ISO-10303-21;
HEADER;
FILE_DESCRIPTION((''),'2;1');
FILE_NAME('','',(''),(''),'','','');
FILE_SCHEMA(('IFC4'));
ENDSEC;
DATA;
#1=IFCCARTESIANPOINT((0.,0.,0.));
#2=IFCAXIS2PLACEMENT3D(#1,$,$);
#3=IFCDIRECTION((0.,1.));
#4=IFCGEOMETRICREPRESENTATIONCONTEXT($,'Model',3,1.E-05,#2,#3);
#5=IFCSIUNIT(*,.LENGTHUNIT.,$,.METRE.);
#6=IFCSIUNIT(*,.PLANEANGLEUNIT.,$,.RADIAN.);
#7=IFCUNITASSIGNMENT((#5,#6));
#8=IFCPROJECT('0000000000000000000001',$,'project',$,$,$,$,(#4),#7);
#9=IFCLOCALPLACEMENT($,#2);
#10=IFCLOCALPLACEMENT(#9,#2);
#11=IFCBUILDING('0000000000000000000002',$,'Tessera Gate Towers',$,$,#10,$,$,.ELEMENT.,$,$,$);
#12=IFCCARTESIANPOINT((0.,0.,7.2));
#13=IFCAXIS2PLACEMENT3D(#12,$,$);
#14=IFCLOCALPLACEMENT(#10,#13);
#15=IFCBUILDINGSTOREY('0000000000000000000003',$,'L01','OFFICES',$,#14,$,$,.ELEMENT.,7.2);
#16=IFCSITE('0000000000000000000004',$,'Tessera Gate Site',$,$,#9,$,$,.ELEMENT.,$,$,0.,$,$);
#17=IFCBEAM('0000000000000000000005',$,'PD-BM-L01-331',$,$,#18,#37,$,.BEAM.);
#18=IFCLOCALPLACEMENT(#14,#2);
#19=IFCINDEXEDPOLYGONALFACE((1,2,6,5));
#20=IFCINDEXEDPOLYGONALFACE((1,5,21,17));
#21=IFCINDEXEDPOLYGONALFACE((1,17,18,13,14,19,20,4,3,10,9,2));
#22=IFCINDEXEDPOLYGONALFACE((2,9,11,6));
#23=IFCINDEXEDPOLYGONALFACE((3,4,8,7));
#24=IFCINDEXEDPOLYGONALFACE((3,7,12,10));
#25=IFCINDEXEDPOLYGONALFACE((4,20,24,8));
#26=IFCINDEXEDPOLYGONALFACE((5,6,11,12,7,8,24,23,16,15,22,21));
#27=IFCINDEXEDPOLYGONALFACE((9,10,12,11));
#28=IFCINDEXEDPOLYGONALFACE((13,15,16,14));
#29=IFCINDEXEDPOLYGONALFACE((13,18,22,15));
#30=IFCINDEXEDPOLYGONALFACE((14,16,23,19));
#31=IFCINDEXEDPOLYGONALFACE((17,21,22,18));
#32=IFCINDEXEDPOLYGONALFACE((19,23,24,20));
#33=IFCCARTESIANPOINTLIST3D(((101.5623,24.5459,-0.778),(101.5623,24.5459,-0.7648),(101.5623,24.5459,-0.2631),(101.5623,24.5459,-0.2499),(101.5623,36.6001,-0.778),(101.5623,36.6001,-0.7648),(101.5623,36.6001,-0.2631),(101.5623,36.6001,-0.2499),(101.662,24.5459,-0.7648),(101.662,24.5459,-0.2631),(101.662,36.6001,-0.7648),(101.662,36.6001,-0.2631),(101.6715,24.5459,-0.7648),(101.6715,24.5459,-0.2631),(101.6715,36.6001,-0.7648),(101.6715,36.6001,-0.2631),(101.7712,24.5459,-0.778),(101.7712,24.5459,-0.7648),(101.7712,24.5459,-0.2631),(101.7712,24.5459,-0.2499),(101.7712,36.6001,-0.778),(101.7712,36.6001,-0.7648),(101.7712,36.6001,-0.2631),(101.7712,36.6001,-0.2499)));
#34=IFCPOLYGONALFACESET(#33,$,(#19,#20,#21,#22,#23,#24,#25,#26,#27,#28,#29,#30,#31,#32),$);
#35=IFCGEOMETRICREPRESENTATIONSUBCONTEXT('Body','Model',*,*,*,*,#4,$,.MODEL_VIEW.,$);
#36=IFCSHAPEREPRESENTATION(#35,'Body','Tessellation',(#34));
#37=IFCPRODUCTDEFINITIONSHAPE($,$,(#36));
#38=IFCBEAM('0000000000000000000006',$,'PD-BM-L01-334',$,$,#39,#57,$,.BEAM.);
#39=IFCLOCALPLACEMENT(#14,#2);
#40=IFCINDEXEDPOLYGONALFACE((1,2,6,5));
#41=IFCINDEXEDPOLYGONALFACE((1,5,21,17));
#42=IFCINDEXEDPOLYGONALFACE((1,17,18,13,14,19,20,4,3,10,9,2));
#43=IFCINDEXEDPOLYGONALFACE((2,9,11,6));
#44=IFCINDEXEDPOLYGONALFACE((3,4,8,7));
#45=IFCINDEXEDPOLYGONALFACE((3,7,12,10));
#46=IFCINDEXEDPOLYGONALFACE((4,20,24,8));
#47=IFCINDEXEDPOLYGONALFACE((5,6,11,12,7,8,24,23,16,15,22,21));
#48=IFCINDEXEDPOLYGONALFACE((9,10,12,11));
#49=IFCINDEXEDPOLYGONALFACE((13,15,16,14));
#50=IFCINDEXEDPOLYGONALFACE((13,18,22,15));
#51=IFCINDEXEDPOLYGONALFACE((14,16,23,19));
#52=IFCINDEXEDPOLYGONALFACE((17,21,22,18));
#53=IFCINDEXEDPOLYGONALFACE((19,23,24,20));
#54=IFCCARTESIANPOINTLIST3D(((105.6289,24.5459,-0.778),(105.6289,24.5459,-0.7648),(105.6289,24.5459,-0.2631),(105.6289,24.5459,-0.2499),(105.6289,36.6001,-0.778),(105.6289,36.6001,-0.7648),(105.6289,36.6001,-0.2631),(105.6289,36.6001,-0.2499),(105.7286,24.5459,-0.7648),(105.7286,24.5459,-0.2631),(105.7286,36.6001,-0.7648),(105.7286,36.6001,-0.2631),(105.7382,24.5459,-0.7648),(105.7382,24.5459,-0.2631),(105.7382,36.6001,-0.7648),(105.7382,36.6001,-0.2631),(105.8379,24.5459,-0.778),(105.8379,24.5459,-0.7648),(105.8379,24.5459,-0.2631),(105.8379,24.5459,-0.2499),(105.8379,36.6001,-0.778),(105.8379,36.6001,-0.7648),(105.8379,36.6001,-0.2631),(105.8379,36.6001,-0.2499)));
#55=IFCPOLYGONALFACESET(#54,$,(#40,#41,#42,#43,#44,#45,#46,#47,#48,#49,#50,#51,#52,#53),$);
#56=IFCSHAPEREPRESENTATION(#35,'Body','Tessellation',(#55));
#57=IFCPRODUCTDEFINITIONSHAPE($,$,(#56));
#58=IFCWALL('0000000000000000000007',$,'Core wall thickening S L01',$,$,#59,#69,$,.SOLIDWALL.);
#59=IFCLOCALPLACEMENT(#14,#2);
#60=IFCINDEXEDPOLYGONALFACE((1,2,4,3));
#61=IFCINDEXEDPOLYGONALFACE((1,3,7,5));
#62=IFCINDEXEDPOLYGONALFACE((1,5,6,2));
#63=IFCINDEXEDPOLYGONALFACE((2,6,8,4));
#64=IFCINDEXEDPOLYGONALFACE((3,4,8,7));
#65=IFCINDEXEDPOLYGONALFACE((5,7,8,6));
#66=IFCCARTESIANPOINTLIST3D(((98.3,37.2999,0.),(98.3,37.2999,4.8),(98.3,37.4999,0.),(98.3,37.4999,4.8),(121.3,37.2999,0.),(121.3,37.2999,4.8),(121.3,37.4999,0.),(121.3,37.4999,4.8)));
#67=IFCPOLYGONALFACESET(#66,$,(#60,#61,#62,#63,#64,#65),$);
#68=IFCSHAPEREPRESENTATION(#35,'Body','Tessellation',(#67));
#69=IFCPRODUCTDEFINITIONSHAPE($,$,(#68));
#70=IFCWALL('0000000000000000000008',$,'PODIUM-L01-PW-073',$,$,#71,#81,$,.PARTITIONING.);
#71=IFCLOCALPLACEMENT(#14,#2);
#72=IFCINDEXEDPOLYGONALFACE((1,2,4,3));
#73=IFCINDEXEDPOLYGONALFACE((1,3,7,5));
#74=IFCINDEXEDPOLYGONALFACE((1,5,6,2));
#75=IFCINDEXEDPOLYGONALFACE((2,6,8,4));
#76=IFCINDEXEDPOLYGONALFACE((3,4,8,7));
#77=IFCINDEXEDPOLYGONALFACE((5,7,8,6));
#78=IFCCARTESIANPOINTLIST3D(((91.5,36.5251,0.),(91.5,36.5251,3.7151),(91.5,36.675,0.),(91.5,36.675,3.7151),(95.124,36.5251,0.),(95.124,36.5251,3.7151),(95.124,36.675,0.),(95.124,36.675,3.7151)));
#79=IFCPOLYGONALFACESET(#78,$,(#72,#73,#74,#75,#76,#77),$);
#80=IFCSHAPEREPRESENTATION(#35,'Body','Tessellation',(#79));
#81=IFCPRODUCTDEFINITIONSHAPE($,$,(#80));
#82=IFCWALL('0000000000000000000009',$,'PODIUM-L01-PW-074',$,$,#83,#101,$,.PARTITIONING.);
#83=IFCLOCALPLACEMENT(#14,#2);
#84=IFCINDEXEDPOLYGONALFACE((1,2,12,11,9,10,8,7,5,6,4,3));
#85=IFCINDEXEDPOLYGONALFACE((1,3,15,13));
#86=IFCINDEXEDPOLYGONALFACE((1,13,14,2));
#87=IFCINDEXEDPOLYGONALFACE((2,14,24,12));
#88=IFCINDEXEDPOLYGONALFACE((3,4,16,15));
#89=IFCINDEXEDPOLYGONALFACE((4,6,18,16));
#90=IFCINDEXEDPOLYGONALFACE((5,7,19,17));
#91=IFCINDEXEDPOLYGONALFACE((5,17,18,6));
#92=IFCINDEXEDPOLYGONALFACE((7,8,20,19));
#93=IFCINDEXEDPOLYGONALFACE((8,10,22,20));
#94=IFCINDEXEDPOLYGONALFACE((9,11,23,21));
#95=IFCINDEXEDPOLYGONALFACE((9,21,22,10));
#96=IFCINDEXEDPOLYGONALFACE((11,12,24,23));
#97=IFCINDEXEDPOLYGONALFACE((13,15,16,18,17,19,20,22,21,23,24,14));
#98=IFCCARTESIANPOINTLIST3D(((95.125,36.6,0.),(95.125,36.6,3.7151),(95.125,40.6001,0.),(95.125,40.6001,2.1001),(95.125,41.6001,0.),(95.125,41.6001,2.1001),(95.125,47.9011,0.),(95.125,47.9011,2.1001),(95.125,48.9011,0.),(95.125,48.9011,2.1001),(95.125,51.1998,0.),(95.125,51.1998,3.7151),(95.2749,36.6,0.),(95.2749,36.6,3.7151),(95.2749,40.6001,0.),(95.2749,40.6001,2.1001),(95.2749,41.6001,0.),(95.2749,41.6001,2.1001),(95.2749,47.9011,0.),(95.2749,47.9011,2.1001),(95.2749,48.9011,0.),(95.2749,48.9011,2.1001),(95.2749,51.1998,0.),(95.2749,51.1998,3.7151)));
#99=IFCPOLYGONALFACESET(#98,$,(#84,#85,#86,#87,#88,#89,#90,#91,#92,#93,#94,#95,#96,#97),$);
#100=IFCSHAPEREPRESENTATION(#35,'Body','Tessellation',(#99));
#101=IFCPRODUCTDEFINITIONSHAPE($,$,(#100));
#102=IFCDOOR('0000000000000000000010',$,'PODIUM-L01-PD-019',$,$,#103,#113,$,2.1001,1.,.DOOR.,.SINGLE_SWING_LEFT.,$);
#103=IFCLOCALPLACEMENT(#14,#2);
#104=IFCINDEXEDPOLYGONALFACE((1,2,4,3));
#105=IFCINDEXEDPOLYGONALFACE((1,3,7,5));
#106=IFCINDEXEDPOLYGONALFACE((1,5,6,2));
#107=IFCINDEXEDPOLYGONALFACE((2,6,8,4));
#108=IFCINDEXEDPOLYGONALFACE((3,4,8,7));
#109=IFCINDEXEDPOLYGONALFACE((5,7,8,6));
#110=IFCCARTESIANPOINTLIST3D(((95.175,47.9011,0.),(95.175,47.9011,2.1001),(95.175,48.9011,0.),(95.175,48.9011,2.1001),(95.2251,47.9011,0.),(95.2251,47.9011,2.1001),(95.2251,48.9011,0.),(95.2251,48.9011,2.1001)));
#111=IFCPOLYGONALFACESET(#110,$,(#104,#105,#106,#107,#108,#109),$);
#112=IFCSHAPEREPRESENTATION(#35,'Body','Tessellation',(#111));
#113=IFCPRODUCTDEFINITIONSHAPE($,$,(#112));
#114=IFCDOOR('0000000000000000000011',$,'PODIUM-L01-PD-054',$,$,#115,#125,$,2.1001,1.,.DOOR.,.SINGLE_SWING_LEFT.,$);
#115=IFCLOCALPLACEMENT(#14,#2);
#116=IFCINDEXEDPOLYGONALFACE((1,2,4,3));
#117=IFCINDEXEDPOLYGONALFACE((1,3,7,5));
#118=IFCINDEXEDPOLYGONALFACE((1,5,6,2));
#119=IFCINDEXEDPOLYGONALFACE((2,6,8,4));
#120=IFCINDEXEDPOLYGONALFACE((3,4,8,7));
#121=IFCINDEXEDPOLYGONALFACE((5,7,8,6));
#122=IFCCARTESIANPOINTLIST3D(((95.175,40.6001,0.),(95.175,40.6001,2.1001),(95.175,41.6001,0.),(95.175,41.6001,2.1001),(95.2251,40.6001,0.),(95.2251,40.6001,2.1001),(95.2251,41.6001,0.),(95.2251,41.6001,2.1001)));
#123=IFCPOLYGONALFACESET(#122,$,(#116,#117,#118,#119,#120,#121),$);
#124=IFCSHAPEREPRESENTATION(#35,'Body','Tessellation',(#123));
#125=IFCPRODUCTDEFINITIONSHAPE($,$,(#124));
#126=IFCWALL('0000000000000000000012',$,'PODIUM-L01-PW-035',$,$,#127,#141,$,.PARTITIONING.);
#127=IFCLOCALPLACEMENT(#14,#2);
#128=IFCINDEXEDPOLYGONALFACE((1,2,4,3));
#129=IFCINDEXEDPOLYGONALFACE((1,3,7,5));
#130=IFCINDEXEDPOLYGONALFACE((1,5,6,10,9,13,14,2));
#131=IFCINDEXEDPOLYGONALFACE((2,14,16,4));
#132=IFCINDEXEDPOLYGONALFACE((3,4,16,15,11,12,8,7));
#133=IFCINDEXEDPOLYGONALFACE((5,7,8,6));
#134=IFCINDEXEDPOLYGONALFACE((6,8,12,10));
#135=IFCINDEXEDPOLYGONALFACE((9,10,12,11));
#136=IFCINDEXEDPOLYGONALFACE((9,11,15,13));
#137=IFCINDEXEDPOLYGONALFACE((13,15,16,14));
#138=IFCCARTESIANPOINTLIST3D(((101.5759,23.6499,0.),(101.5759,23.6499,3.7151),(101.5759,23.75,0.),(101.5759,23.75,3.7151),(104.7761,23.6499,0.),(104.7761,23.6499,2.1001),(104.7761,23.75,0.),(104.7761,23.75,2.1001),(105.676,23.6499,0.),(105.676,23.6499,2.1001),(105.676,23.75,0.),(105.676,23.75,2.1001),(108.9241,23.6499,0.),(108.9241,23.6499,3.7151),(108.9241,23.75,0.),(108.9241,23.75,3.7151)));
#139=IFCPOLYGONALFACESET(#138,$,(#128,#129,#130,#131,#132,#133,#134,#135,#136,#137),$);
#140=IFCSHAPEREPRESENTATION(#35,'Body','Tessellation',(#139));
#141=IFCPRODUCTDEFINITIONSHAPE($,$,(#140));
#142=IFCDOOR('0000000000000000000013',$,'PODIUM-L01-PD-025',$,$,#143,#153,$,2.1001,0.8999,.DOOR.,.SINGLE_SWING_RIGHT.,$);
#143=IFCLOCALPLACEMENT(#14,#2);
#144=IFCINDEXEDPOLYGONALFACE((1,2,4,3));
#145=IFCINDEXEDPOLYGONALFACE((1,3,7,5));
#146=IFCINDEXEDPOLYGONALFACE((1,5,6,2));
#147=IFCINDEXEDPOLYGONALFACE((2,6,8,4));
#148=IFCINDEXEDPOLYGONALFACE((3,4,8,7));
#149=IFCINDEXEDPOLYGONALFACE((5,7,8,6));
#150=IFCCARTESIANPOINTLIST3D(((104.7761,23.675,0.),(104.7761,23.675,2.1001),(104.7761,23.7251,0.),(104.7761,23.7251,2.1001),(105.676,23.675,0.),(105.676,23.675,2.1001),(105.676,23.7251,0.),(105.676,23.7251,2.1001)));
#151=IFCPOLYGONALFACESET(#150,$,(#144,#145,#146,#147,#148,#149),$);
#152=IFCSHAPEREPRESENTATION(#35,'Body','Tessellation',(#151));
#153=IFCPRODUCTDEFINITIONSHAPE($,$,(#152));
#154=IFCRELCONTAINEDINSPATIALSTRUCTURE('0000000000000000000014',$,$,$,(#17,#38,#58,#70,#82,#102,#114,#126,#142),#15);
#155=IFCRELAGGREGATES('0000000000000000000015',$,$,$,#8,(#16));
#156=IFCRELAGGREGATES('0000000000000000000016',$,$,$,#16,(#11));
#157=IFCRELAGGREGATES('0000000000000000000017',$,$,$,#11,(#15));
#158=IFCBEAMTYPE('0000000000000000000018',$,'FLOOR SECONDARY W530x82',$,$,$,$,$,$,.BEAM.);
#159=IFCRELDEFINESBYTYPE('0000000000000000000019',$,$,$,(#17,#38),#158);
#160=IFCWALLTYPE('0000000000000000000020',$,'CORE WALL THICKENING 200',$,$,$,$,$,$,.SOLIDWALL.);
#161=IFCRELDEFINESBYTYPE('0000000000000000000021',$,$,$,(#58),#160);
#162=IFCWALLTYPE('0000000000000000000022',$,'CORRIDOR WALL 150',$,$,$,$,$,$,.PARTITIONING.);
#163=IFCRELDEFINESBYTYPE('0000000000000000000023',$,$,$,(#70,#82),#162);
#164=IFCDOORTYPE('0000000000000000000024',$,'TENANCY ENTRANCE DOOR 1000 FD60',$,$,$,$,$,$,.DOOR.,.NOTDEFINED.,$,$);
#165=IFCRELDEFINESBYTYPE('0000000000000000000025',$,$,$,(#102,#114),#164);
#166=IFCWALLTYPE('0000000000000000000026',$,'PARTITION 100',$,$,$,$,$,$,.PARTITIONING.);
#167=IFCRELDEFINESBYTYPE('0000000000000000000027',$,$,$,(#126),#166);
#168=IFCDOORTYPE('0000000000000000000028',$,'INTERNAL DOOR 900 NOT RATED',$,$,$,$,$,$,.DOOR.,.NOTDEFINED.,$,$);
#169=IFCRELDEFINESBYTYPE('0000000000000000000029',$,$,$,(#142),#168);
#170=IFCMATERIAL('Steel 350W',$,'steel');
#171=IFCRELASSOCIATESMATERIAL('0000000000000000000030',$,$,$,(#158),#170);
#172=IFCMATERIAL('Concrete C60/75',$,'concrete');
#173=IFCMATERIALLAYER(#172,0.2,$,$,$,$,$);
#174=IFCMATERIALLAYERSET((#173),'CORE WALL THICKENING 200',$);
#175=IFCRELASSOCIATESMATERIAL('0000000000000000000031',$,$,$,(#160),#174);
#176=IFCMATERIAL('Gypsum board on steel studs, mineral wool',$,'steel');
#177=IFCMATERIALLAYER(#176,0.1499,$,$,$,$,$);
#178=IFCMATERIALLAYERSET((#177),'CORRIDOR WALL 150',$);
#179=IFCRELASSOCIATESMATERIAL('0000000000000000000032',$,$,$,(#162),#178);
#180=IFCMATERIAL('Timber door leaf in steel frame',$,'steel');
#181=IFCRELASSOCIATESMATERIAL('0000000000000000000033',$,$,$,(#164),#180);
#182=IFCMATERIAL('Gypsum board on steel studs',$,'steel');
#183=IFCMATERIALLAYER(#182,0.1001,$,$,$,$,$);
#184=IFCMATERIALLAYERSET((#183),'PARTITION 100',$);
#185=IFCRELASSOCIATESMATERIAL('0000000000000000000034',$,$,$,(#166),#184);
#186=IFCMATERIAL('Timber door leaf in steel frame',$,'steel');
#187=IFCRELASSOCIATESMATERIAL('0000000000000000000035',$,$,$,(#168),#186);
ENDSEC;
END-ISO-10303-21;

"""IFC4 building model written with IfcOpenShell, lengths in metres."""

from ifc_helpers import new_model, si_unit, direction, frame, frame_2d, origin, origin_2d, place, context, subcontext, project, spatial, rectangle, i_section, extrude, source, transform, mapped, material, layer, layer_set, material_profile, profile_set, type_object, element, fill, save


model = new_model("IFC4")

# Units and contexts
model_context = context("Model", 3, precision=1e-05, world=origin(), true_north=direction((0.0, 1.0)))
body_context = subcontext(model_context, "Body", "Model", "MODEL_VIEW")
ifc_project = project(units=[si_unit("LENGTHUNIT", "METRE"), si_unit("PLANEANGLEUNIT", "RADIAN")], contexts=[model_context])

# Site, building, storey
site_placement = place(None, origin())
site = spatial("IfcSite", under=ifc_project, at=site_placement, Name="Tessera Gate Site", CompositionType="ELEMENT", RefElevation=0.0)
building_placement = place(site_placement, origin())
building = spatial("IfcBuilding", under=site, at=building_placement, Name="Tessera Gate Towers", CompositionType="ELEMENT")
storey_placement = place(building_placement, frame((0.0, 0.0, 7.2)))
storey = spatial("IfcBuildingStorey", under=building, at=storey_placement, Name="L01", Description="OFFICES", CompositionType="ELEMENT", Elevation=7.2)

# Beams
ifc_material_1 = material(Name="Steel 350W", Category="steel")
ifc_material_profile_1 = material_profile(ifc_material_1, i_section(OverallWidth=0.209, OverallDepth=0.5281, WebThickness=0.0095, FlangeThickness=0.0132, at=origin_2d()), Name="W530x82")
ifc_profile_set_1 = profile_set([ifc_material_profile_1], Name="Steel 350W")
beam_type_1 = type_object("IfcBeamType", Name="FLOOR SECONDARY W530x82", PredefinedType="BEAM", material=ifc_profile_set_1)
for number, where, z_axis, x_axis, name in (
    (1, (101.6667, 24.5459, -0.5139), (0.0, 1.0, 0.0), (-1.0, 0.0, 0.0), "PD-BM-L01-331"),
    (2, (105.7334, 24.5459, -0.5139), (0.0, 1.0, 0.0), (-1.0, 0.0, 0.0), "PD-BM-L01-334"),
):
    element("IfcBeam", number, at=place(storey_placement, frame(where, z_axis=z_axis, x_axis=x_axis)), inside=storey, type_object=beam_type_1, Name=name, PredefinedType="BEAM", context=body_context, shape_type="SweptSolid", body=[
        extrude(i_section(OverallWidth=0.209, OverallDepth=0.5281, WebThickness=0.0095, FlangeThickness=0.0132, at=origin_2d()), origin(), (0.0, 0.0, 1.0), 12.0542),
    ])

# Walls
ifc_material_2 = material(Name="Concrete C60/75", Category="concrete")
ifc_layer_1 = layer(ifc_material_2, 0.2)
ifc_layer_set_1 = layer_set([ifc_layer_1], Name="CORE WALL THICKENING 200")
wall_type_1 = type_object("IfcWallType", Name="CORE WALL THICKENING 200", PredefinedType="SOLIDWALL", material=ifc_layer_set_1)
wall_1_placement = place(storey_placement, frame((98.3, 37.3999, 0.0), z_axis=(0.0, 0.0, 1.0), x_axis=(1.0, 0.0, 0.0)))
element("IfcWall", 3, at=wall_1_placement, inside=storey, type_object=wall_type_1, Name="Core wall thickening S L01", PredefinedType="SOLIDWALL", context=body_context, shape_type="SweptSolid", body=[
    extrude(rectangle(XDim=23.0, YDim=0.2, at=frame_2d((11.5, 0.0))), origin(), (0.0, 0.0, 1.0), 4.8),
])
ifc_material_3 = material(Name="Gypsum board on steel studs, mineral wool", Category="steel")
ifc_layer_2 = layer(ifc_material_3, 0.1499)
ifc_layer_set_2 = layer_set([ifc_layer_2], Name="CORRIDOR WALL 150")
wall_type_2 = type_object("IfcWallType", Name="CORRIDOR WALL 150", PredefinedType="PARTITIONING", material=ifc_layer_set_2)
wall_2_placement = place(storey_placement, frame((91.5, 36.6001, 0.0), z_axis=(0.0, 0.0, 1.0), x_axis=(1.0, 0.0, 0.0)))
element("IfcWall", 4, at=wall_2_placement, inside=storey, type_object=wall_type_2, Name="PODIUM-L01-PW-073", PredefinedType="PARTITIONING", context=body_context, shape_type="SweptSolid", body=[
    extrude(rectangle(XDim=3.624, YDim=0.1499, at=frame_2d((1.812, 0.0))), origin(), (0.0, 0.0, 1.0), 3.7151),
])

# Wall, openings, doors
wall_3_placement = place(storey_placement, frame((95.2, 36.6001, 0.0), z_axis=(0.0, 0.0, 1.0), x_axis=(0.0, 1.0, 0.0)))
wall_3 = element("IfcWall", 5, at=wall_3_placement, inside=storey, type_object=wall_type_2, Name="PODIUM-L01-PW-074", PredefinedType="PARTITIONING", context=body_context, shape_type="SweptSolid", body=[
    extrude(rectangle(XDim=14.5999, YDim=0.1499, at=frame_2d((7.2998, 0.0))), origin(), (0.0, 0.0, 1.0), 3.7151),
])
shared_shape_1 = source(origin(), body_context, "Body", "SweptSolid", [
    extrude(rectangle(XDim=1.0, YDim=2.1001, at=frame_2d((0.5, 1.05))), frame((0.0, 0.085, 0.0), z_axis=(0.0, -1.0, 0.0), x_axis=(1.0, 0.0, 0.0)), (0.0, 0.0, 1.0), 0.1699),
])
opening_1_placement = place(wall_3_placement, frame((11.301, 0.0, 0.0)))
opening_1 = element("IfcOpeningElement", 6, at=opening_1_placement, cuts=wall_3, PredefinedType="OPENING", context=body_context, shape_type="MappedRepresentation", body=[
    mapped(shared_shape_1, transform((0.0, 0.0, 0.0), scale=1.0)),
])
opening_2_placement = place(wall_3_placement, frame((4.0, 0.0, 0.0)))
opening_2 = element("IfcOpeningElement", 7, at=opening_2_placement, cuts=wall_3, PredefinedType="OPENING", context=body_context, shape_type="MappedRepresentation", body=[
    mapped(shared_shape_1, transform((0.0, 0.0, 0.0), scale=1.0)),
])
ifc_material_4 = material(Name="Timber door leaf in steel frame", Category="steel")
door_type_1 = type_object("IfcDoorType", Name="TENANCY ENTRANCE DOOR 1000 FD60", OperationType="NOTDEFINED", PredefinedType="DOOR", material=ifc_material_4)
shared_shape_2 = source(origin(), body_context, "Body", "SweptSolid", [
    extrude(rectangle(XDim=1.0, YDim=2.1001, at=frame_2d((0.5, 1.05))), frame((0.0, 0.0249, 0.0), z_axis=(0.0, -1.0, 0.0), x_axis=(1.0, 0.0, 0.0)), (0.0, 0.0, 1.0), 0.05),
])
door_1_placement = place(opening_1_placement, origin())
door_1 = element("IfcDoor", 8, at=door_1_placement, inside=storey, type_object=door_type_1, Name="PODIUM-L01-PD-019", OperationType="SINGLE_SWING_LEFT", OverallHeight=2.1001, OverallWidth=1.0, PredefinedType="DOOR", context=body_context, shape_type="MappedRepresentation", body=[
    mapped(shared_shape_2, transform((0.0, 0.0, 0.0), scale=1.0)),
])
fill(opening_1, door_1)
door_2_placement = place(opening_2_placement, origin())
door_2 = element("IfcDoor", 9, at=door_2_placement, inside=storey, type_object=door_type_1, Name="PODIUM-L01-PD-054", OperationType="SINGLE_SWING_LEFT", OverallHeight=2.1001, OverallWidth=1.0, PredefinedType="DOOR", context=body_context, shape_type="MappedRepresentation", body=[
    mapped(shared_shape_2, transform((0.0, 0.0, 0.0), scale=1.0)),
])
fill(opening_2, door_2)

# Wall, opening, door
ifc_material_5 = material(Name="Gypsum board on steel studs", Category="steel")
ifc_layer_3 = layer(ifc_material_5, 0.1001)
ifc_layer_set_3 = layer_set([ifc_layer_3], Name="PARTITION 100")
wall_type_3 = type_object("IfcWallType", Name="PARTITION 100", PredefinedType="PARTITIONING", material=ifc_layer_set_3)
wall_4_placement = place(storey_placement, frame((108.9241, 23.7, 0.0), z_axis=(0.0, 0.0, 1.0), x_axis=(-1.0, 0.0, 0.0)))
wall_4 = element("IfcWall", 10, at=wall_4_placement, inside=storey, type_object=wall_type_3, Name="PODIUM-L01-PW-035", PredefinedType="PARTITIONING", context=body_context, shape_type="SweptSolid", body=[
    extrude(rectangle(XDim=7.3481, YDim=0.1001, at=frame_2d((3.6741, 0.0))), origin(), (0.0, 0.0, 1.0), 3.7151),
])
shared_shape_3 = source(origin(), body_context, "Body", "SweptSolid", [
    extrude(rectangle(XDim=0.8999, YDim=2.1001, at=frame_2d((0.45, 1.05))), frame((0.0, 0.0601, 0.0), z_axis=(0.0, -1.0, 0.0), x_axis=(1.0, 0.0, 0.0)), (0.0, 0.0, 1.0), 0.1201),
])
opening_3_placement = place(wall_4_placement, frame((3.248, 0.0, 0.0)))
opening_3 = element("IfcOpeningElement", 11, at=opening_3_placement, cuts=wall_4, PredefinedType="OPENING", context=body_context, shape_type="MappedRepresentation", body=[
    mapped(shared_shape_3, transform((0.0, 0.0, 0.0), scale=1.0)),
])
ifc_material_6 = material(Name="Timber door leaf in steel frame", Category="steel")
door_type_2 = type_object("IfcDoorType", Name="INTERNAL DOOR 900 NOT RATED", OperationType="NOTDEFINED", PredefinedType="DOOR", material=ifc_material_6)
shared_shape_4 = source(origin(), body_context, "Body", "SweptSolid", [
    extrude(rectangle(XDim=0.8999, YDim=2.1001, at=frame_2d((0.45, 1.05))), frame((0.0, 0.0249, 0.0), z_axis=(0.0, -1.0, 0.0), x_axis=(1.0, 0.0, 0.0)), (0.0, 0.0, 1.0), 0.05),
])
door_3_placement = place(opening_3_placement, origin())
door_3 = element("IfcDoor", 12, at=door_3_placement, inside=storey, type_object=door_type_2, Name="PODIUM-L01-PD-025", OperationType="SINGLE_SWING_RIGHT", OverallHeight=2.1001, OverallWidth=0.8999, PredefinedType="DOOR", context=body_context, shape_type="MappedRepresentation", body=[
    mapped(shared_shape_4, transform((0.0, 0.0, 0.0), scale=1.0)),
])
fill(opening_3, door_3)

save(model, "model.ifc")
